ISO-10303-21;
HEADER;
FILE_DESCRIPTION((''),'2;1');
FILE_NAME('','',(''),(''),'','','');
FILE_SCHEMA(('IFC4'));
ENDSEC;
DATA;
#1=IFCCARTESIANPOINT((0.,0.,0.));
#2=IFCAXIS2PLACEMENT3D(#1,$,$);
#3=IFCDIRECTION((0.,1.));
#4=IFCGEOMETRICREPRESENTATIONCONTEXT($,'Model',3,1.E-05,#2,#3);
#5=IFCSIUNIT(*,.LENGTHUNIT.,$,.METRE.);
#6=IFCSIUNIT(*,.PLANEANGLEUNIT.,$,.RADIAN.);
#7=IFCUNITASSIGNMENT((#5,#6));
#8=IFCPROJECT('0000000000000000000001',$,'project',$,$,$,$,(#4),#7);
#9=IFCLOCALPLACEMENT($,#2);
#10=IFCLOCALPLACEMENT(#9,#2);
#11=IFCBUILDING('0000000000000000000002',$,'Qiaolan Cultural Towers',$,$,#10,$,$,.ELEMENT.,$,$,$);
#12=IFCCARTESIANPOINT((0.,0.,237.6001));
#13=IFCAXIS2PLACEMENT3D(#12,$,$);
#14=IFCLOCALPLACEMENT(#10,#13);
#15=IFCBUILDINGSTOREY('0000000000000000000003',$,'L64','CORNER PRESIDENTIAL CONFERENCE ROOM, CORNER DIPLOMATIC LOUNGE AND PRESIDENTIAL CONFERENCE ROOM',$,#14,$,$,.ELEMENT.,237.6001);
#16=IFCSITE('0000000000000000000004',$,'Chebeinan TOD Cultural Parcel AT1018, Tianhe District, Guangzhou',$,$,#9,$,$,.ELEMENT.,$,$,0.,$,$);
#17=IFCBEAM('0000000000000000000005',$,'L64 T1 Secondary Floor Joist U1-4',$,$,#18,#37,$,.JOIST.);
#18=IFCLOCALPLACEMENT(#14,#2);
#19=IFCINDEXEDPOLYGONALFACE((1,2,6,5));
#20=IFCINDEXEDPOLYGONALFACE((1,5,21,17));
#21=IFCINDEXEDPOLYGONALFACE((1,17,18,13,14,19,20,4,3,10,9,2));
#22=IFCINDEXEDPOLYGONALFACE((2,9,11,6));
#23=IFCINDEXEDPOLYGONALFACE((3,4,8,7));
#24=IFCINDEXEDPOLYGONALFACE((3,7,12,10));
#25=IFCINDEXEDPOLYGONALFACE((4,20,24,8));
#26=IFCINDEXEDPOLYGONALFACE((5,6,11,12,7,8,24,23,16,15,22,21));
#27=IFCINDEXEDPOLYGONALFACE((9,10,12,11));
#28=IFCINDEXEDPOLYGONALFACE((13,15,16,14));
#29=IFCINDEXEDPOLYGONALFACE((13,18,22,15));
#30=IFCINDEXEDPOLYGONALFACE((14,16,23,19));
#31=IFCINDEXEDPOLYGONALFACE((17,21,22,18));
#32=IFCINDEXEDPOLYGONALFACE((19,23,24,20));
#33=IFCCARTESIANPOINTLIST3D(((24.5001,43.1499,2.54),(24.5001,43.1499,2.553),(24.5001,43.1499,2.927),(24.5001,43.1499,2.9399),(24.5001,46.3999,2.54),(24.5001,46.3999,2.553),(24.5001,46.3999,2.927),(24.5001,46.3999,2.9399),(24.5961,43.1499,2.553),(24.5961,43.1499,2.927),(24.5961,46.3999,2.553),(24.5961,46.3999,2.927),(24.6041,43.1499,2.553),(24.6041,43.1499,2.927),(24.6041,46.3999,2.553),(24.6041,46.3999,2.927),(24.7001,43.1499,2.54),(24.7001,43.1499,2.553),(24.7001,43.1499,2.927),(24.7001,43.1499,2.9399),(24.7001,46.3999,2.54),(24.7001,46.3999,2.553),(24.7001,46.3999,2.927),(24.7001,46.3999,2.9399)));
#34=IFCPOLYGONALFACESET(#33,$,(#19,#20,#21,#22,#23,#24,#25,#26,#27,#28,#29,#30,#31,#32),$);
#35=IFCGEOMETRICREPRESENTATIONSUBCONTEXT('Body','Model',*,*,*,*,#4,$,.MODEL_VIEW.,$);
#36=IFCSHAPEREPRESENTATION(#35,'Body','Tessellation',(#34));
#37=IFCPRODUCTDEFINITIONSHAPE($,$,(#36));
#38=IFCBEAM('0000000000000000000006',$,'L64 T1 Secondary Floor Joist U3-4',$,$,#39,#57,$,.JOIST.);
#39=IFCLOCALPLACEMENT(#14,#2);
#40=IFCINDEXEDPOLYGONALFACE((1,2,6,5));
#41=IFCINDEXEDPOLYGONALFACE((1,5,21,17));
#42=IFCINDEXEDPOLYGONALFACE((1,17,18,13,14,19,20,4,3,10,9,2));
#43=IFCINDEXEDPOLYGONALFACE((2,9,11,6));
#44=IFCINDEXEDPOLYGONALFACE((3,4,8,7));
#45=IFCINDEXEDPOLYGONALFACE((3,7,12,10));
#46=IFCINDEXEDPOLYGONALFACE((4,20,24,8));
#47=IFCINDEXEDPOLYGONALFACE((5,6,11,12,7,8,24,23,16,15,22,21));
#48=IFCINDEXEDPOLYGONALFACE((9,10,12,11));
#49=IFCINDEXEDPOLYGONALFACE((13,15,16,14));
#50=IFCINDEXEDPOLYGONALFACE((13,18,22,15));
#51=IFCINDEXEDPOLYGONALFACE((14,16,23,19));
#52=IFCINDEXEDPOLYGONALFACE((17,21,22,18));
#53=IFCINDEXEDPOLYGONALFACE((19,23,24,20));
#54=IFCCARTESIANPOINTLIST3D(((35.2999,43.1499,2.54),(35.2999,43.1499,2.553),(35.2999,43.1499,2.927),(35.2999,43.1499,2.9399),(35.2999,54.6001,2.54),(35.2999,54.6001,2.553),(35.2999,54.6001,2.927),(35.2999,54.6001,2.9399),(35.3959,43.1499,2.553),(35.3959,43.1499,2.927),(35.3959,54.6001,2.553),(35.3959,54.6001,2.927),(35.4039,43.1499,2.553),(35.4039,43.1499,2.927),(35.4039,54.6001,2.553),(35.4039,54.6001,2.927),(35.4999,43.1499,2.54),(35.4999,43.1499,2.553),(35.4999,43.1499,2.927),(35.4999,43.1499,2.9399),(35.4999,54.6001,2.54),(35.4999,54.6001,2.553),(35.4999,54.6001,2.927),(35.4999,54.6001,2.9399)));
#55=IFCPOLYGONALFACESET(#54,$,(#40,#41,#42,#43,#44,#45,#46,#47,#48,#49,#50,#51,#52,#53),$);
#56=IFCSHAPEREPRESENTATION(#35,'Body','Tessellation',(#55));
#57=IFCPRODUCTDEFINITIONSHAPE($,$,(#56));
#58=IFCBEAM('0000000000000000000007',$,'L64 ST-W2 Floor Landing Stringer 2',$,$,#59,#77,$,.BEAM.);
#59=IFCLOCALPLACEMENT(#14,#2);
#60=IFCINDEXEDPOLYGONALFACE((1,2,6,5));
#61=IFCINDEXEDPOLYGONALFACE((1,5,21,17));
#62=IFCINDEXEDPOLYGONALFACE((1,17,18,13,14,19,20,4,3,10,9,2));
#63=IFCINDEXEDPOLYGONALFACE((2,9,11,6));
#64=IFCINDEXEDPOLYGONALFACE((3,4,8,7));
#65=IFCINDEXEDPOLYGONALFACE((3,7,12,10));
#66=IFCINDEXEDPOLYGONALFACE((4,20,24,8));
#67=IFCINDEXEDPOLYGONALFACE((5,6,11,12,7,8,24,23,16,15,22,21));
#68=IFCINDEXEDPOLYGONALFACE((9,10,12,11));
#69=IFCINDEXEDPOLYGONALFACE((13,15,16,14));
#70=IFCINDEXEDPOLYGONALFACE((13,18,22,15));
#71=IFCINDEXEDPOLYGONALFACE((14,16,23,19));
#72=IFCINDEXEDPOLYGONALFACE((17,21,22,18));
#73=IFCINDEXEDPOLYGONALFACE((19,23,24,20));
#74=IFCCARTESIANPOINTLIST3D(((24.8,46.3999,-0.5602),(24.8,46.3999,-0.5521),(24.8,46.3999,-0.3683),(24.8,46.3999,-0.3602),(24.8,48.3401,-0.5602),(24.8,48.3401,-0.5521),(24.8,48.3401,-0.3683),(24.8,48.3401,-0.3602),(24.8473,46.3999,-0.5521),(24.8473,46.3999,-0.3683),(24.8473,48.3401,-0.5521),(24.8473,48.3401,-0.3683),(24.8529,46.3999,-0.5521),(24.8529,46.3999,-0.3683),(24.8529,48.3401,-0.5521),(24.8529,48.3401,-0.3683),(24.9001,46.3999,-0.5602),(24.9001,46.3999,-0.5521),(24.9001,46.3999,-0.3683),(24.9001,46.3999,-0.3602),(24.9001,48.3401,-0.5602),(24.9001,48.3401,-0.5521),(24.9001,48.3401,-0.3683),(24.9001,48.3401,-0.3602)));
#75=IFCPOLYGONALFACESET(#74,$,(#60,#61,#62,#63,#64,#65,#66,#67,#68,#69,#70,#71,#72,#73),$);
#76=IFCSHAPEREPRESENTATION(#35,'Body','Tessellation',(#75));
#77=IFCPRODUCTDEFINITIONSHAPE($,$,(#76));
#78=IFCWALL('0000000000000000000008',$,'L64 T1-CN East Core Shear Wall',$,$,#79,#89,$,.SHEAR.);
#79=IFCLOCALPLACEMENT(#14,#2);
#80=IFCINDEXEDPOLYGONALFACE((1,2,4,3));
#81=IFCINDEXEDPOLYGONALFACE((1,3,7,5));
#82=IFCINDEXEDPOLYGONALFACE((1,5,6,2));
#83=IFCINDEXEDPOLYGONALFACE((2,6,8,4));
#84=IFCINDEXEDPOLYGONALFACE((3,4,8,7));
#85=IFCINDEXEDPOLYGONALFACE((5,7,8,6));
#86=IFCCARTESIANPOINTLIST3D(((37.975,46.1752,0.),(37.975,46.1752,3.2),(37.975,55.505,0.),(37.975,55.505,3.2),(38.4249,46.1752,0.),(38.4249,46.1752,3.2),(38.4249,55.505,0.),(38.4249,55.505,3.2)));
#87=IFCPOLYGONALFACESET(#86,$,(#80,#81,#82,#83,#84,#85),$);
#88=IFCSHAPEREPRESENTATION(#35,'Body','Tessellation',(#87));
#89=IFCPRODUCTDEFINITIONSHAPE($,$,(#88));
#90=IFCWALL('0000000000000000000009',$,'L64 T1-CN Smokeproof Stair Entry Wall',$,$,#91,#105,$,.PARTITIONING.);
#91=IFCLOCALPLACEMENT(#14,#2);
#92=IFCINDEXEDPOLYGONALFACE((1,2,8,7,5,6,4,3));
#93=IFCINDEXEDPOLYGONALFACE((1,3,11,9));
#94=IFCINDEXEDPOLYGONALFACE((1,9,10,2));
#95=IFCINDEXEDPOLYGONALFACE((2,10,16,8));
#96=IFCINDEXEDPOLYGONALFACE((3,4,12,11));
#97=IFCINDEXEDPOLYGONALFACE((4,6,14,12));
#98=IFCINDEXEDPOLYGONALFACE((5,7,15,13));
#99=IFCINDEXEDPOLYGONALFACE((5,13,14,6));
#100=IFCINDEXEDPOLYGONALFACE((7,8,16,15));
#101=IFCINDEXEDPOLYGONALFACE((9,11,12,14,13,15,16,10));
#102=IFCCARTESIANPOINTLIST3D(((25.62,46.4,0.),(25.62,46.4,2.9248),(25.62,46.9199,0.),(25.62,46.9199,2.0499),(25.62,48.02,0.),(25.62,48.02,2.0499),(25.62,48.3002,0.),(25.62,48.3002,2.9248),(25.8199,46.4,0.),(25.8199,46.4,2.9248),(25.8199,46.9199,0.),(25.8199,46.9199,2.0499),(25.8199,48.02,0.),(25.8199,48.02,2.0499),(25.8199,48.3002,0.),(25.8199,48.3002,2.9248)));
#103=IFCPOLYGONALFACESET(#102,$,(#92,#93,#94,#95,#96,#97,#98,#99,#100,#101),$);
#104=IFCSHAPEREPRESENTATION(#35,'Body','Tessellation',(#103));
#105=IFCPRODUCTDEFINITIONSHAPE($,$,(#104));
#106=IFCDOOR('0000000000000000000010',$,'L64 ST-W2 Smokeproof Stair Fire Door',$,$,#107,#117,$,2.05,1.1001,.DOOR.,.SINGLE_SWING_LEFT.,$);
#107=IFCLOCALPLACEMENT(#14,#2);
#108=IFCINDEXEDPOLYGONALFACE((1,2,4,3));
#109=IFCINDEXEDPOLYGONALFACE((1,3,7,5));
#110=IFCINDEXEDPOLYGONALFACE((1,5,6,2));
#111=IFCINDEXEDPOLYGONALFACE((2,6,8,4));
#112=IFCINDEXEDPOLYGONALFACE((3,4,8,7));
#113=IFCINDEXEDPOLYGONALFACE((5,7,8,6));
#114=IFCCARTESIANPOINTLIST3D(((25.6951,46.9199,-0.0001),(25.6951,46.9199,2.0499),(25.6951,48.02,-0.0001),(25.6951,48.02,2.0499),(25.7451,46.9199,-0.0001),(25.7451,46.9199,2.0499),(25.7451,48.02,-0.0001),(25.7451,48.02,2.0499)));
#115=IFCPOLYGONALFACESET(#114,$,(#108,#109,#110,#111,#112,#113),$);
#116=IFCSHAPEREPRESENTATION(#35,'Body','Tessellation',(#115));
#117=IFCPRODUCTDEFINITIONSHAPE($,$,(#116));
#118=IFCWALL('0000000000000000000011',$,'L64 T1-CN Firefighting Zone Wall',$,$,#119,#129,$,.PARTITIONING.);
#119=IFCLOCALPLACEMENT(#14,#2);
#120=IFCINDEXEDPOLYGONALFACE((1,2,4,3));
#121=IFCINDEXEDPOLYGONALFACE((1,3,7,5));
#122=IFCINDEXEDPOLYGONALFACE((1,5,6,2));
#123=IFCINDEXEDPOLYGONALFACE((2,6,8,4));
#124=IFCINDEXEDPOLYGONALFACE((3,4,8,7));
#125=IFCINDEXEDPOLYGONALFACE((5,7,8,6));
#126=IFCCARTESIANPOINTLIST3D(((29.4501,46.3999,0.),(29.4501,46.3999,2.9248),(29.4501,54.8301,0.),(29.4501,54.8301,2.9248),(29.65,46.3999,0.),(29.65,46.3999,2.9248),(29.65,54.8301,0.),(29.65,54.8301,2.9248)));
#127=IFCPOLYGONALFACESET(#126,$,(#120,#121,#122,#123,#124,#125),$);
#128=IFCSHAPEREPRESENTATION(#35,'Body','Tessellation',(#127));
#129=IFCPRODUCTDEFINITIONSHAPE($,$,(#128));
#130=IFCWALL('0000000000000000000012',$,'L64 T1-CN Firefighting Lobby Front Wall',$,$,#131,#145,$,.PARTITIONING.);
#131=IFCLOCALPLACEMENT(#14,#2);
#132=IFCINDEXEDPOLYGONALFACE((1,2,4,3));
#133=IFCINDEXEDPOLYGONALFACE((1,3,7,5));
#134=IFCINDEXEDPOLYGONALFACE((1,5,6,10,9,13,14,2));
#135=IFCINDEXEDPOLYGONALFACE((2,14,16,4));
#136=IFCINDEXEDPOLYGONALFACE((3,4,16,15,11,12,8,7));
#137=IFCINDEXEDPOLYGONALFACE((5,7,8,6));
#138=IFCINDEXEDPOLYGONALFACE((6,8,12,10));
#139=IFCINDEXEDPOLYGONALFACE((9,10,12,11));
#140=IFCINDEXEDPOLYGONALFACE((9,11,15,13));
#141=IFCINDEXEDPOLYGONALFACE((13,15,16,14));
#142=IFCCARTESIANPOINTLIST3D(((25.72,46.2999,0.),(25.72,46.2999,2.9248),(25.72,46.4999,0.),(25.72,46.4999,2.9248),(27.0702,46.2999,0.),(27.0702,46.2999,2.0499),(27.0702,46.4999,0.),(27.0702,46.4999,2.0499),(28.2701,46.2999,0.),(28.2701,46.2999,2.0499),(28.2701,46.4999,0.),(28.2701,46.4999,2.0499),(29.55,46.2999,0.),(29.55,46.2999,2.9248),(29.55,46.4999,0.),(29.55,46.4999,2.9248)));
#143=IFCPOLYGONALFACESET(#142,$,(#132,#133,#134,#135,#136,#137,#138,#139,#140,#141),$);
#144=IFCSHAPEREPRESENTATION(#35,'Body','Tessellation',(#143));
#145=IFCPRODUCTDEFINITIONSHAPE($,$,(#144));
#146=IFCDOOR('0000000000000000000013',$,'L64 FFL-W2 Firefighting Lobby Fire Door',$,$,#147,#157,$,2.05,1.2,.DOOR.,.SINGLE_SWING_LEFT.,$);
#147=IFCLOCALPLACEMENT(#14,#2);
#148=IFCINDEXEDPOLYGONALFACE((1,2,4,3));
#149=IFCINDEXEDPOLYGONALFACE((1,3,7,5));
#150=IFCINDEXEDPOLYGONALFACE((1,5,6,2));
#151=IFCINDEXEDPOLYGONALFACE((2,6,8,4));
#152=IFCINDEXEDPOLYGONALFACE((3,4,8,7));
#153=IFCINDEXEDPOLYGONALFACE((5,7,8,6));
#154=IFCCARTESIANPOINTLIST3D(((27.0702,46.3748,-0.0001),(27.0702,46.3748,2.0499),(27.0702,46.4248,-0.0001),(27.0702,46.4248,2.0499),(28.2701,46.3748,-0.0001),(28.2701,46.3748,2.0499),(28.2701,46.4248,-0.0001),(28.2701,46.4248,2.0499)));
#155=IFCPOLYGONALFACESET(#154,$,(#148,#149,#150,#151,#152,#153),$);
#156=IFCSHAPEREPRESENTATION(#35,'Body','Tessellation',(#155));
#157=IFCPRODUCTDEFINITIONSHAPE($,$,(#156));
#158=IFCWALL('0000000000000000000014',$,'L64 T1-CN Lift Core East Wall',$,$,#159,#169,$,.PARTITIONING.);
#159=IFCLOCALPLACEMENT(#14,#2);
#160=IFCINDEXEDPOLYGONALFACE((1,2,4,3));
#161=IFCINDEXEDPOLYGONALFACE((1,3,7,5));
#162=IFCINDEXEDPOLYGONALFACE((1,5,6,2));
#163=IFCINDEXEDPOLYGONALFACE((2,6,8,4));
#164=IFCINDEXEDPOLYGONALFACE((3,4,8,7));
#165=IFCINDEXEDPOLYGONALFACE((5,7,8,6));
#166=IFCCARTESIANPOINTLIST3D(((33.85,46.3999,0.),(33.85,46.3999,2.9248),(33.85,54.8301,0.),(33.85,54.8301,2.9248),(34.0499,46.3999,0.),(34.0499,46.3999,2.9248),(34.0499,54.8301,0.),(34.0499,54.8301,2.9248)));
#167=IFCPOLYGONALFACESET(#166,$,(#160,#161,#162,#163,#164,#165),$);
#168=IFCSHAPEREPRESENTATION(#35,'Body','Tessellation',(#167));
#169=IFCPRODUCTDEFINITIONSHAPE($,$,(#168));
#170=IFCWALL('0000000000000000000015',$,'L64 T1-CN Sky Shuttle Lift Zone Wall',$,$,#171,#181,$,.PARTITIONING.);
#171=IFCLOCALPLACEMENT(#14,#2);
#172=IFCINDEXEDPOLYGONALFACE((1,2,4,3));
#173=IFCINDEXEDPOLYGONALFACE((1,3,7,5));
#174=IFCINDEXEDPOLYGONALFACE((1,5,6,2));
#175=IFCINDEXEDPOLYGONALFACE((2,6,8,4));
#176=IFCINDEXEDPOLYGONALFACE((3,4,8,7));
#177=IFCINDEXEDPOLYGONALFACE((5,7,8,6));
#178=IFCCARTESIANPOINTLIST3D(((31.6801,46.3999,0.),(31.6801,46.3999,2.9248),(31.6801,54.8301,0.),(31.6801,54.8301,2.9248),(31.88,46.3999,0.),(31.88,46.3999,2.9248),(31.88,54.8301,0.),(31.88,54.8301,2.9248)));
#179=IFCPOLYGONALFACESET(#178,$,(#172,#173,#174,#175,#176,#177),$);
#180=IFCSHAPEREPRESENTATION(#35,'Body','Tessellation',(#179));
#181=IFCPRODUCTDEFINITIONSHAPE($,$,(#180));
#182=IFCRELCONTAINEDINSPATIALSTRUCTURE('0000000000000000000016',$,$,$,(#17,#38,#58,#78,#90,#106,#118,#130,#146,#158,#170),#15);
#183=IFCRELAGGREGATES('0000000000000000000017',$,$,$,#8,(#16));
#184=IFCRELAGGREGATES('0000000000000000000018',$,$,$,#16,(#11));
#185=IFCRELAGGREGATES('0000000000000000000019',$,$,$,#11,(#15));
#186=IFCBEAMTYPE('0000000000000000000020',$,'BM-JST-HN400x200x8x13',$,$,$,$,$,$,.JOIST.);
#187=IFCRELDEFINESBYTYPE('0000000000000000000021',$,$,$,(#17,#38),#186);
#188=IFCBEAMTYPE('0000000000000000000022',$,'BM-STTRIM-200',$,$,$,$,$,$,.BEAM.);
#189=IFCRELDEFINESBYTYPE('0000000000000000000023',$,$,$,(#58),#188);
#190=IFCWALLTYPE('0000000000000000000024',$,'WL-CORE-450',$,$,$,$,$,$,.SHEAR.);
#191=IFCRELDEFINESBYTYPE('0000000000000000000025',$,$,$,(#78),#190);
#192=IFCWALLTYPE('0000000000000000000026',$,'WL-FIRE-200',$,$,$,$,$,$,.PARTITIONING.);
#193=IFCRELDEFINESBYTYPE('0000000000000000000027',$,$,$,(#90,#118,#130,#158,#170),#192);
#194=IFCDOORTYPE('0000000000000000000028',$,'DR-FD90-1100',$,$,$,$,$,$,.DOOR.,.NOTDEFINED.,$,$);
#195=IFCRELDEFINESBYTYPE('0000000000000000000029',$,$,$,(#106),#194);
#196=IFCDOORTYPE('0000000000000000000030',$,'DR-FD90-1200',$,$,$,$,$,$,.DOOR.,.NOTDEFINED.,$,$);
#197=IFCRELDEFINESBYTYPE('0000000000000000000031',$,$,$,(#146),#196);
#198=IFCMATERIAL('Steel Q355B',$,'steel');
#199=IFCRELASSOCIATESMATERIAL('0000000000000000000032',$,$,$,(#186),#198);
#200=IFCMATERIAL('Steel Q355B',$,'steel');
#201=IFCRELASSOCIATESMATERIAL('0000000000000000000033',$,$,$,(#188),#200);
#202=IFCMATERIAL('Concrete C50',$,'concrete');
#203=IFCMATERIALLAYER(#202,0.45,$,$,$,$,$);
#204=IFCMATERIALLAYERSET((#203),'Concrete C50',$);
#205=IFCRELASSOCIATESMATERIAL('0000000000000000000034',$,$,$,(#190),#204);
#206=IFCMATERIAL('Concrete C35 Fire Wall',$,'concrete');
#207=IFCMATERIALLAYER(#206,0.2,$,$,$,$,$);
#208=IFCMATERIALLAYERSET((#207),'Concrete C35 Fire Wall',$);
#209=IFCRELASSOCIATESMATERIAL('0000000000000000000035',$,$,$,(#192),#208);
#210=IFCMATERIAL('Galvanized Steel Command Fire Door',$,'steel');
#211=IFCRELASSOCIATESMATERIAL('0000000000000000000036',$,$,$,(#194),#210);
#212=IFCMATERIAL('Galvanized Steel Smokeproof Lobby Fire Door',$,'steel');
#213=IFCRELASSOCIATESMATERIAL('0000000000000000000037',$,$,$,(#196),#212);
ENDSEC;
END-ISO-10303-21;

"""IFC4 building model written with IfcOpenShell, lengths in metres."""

from ifc_helpers import new_model, si_unit, direction, frame, frame_2d, origin, origin_2d, place, context, subcontext, project, spatial, rectangle, i_section, extrude, material, layer, layer_set, material_profile, profile_set, type_object, element, fill, save


model = new_model("IFC4")

# Units and contexts
model_context = context("Model", 3, precision=1e-05, world=origin(), true_north=direction((0.0, 1.0)))
body_context = subcontext(model_context, "Body", "Model", "MODEL_VIEW")
ifc_project = project(units=[si_unit("LENGTHUNIT", "METRE"), si_unit("PLANEANGLEUNIT", "RADIAN")], contexts=[model_context])

# Site, building, storey
site_placement = place(None, origin())
site = spatial("IfcSite", under=ifc_project, at=site_placement, Name="Chebeinan TOD Cultural Parcel AT1018, Tianhe District, Guangzhou", CompositionType="ELEMENT", RefElevation=0.0)
building_placement = place(site_placement, origin())
building = spatial("IfcBuilding", under=site, at=building_placement, Name="Qiaolan Cultural Towers", CompositionType="ELEMENT")
storey_placement = place(building_placement, frame((0.0, 0.0, 237.6001)))
storey = spatial("IfcBuildingStorey", under=building, at=storey_placement, Name="L64", Description="CORNER PRESIDENTIAL CONFERENCE ROOM, CORNER DIPLOMATIC LOUNGE AND PRESIDENTIAL CONFERENCE ROOM", CompositionType="ELEMENT", Elevation=237.6001)

# Beams
ifc_material_1 = material(Name="Steel Q355B", Category="steel")
ifc_material_profile_1 = material_profile(ifc_material_1, i_section(OverallWidth=0.2, OverallDepth=0.3999, WebThickness=0.0081, FlangeThickness=0.0129, at=origin_2d()), Name="HN400x200x8x13")
ifc_profile_set_1 = profile_set([ifc_material_profile_1], Name="Steel Q355B")
beam_type_1 = type_object("IfcBeamType", Name="BM-JST-HN400x200x8x13", PredefinedType="JOIST", material=ifc_profile_set_1)
beam_1_placement = place(storey_placement, frame((24.6001, 43.1499, 2.74), z_axis=(0.0, 1.0, 0.0), x_axis=(-1.0, 0.0, 0.0)))
element("IfcBeam", 1, at=beam_1_placement, inside=storey, type_object=beam_type_1, Name="L64 T1 Secondary Floor Joist U1-4", PredefinedType="JOIST", context=body_context, shape_type="SweptSolid", body=[
    extrude(i_section(OverallWidth=0.2, OverallDepth=0.3999, WebThickness=0.0081, FlangeThickness=0.0129, at=origin_2d()), origin(), (0.0, 0.0, 1.0), 3.25),
])
beam_2_placement = place(storey_placement, frame((35.3999, 43.1499, 2.74), z_axis=(0.0, 1.0, 0.0), x_axis=(-1.0, 0.0, 0.0)))
element("IfcBeam", 2, at=beam_2_placement, inside=storey, type_object=beam_type_1, Name="L64 T1 Secondary Floor Joist U3-4", PredefinedType="JOIST", context=body_context, shape_type="SweptSolid", body=[
    extrude(i_section(OverallWidth=0.2, OverallDepth=0.3999, WebThickness=0.0081, FlangeThickness=0.0129, at=origin_2d()), origin(), (0.0, 0.0, 1.0), 11.4502),
])
ifc_material_2 = material(Name="Steel Q355B", Category="steel")
ifc_material_profile_2 = material_profile(ifc_material_2, i_section(OverallWidth=0.1001, OverallDepth=0.2, WebThickness=0.0056, FlangeThickness=0.0081, at=origin_2d()), Name="HN200x100x5.5x8")
ifc_profile_set_2 = profile_set([ifc_material_profile_2], Name="Steel Q355B")
beam_type_2 = type_object("IfcBeamType", Name="BM-STTRIM-200", PredefinedType="BEAM", material=ifc_profile_set_2)
beam_3_placement = place(storey_placement, frame((24.8501, 46.3999, -0.4602), z_axis=(0.0, 1.0, 0.0), x_axis=(-1.0, 0.0, 0.0)))
element("IfcBeam", 3, at=beam_3_placement, inside=storey, type_object=beam_type_2, Name="L64 ST-W2 Floor Landing Stringer 2", PredefinedType="BEAM", context=body_context, shape_type="SweptSolid", body=[
    extrude(i_section(OverallWidth=0.1001, OverallDepth=0.2, WebThickness=0.0056, FlangeThickness=0.0081, at=origin_2d()), origin(), (0.0, 0.0, 1.0), 1.9402),
])

# Wall
ifc_material_3 = material(Name="Concrete C50", Category="concrete")
ifc_layer_1 = layer(ifc_material_3, 0.45)
ifc_layer_set_1 = layer_set([ifc_layer_1], Name="Concrete C50")
wall_type_1 = type_object("IfcWallType", Name="WL-CORE-450", PredefinedType="SHEAR", material=ifc_layer_set_1)
wall_1_placement = place(storey_placement, frame((38.2, 46.175, 0.0), z_axis=(0.0, 0.0, 1.0), x_axis=(0.0, 1.0, 0.0)))
element("IfcWall", 4, at=wall_1_placement, inside=storey, type_object=wall_type_1, Name="L64 T1-CN East Core Shear Wall", PredefinedType="SHEAR", context=body_context, shape_type="SweptSolid", body=[
    extrude(rectangle(XDim=9.3298, YDim=0.45, at=frame_2d((4.665, 0.0))), origin(), (0.0, 0.0, 1.0), 3.2),
])

# Wall, opening, door
ifc_material_4 = material(Name="Concrete C35 Fire Wall", Category="concrete")
ifc_layer_2 = layer(ifc_material_4, 0.2)
ifc_layer_set_2 = layer_set([ifc_layer_2], Name="Concrete C35 Fire Wall")
wall_type_2 = type_object("IfcWallType", Name="WL-FIRE-200", PredefinedType="PARTITIONING", material=ifc_layer_set_2)
wall_2_placement = place(storey_placement, frame((25.72, 46.3999, 0.0), z_axis=(0.0, 0.0, 1.0), x_axis=(0.0, 1.0, 0.0)))
wall_2 = element("IfcWall", 5, at=wall_2_placement, inside=storey, type_object=wall_type_2, Name="L64 T1-CN Smokeproof Stair Entry Wall", PredefinedType="PARTITIONING", context=body_context, shape_type="SweptSolid", body=[
    extrude(rectangle(XDim=1.9001, YDim=0.2, at=frame_2d((0.9502, 0.0))), origin(), (0.0, 0.0, 1.0), 2.9248),
])
opening_1_placement = place(wall_2_placement, frame((0.52, 0.0, 0.0)))
opening_1 = element("IfcOpeningElement", 6, at=opening_1_placement, cuts=wall_2, PredefinedType="OPENING", context=body_context, shape_type="SweptSolid", body=[
    extrude(rectangle(XDim=1.1001, YDim=2.05, at=frame_2d((0.55, 1.0249))), frame((0.0, 0.1099, 0.0), z_axis=(0.0, -1.0, 0.0), x_axis=(1.0, 0.0, 0.0)), (0.0, 0.0, 1.0), 0.22),
])
ifc_material_5 = material(Name="Galvanized Steel Command Fire Door", Category="steel")
door_type_1 = type_object("IfcDoorType", Name="DR-FD90-1100", OperationType="NOTDEFINED", PredefinedType="DOOR", material=ifc_material_5)
door_1_placement = place(opening_1_placement, origin())
door_1 = element("IfcDoor", 7, at=door_1_placement, inside=storey, type_object=door_type_1, Name="L64 ST-W2 Smokeproof Stair Fire Door", OperationType="SINGLE_SWING_LEFT", OverallHeight=2.05, OverallWidth=1.1001, PredefinedType="DOOR", context=body_context, shape_type="SweptSolid", body=[
    extrude(rectangle(XDim=1.1001, YDim=2.05, at=frame_2d((0.55, 1.0249))), frame((0.0, 0.0249, 0.0), z_axis=(0.0, -1.0, 0.0), x_axis=(1.0, 0.0, 0.0)), (0.0, 0.0, 1.0), 0.05),
])
fill(opening_1, door_1)

# Wall
wall_3_placement = place(storey_placement, frame((29.55, 46.3999, 0.0), z_axis=(0.0, 0.0, 1.0), x_axis=(0.0, 1.0, 0.0)))
element("IfcWall", 8, at=wall_3_placement, inside=storey, type_object=wall_type_2, Name="L64 T1-CN Firefighting Zone Wall", PredefinedType="PARTITIONING", context=body_context, shape_type="SweptSolid", body=[
    extrude(rectangle(XDim=8.4302, YDim=0.2, at=frame_2d((4.2151, 0.0))), origin(), (0.0, 0.0, 1.0), 2.9248),
])

# Wall, opening, door
wall_4_placement = place(storey_placement, frame((25.72, 46.3999, 0.0), z_axis=(0.0, 0.0, 1.0), x_axis=(1.0, 0.0, 0.0)))
wall_4 = element("IfcWall", 9, at=wall_4_placement, inside=storey, type_object=wall_type_2, Name="L64 T1-CN Firefighting Lobby Front Wall", PredefinedType="PARTITIONING", context=body_context, shape_type="SweptSolid", body=[
    extrude(rectangle(XDim=3.8301, YDim=0.2, at=frame_2d((1.915, 0.0))), origin(), (0.0, 0.0, 1.0), 2.9248),
])
opening_2_placement = place(wall_4_placement, frame((1.3501, 0.0, 0.0)))
opening_2 = element("IfcOpeningElement", 10, at=opening_2_placement, cuts=wall_4, PredefinedType="OPENING", context=body_context, shape_type="SweptSolid", body=[
    extrude(rectangle(XDim=1.2, YDim=2.05, at=frame_2d((0.6001, 1.0249))), frame((0.0, 0.1099, 0.0), z_axis=(0.0, -1.0, 0.0), x_axis=(1.0, 0.0, 0.0)), (0.0, 0.0, 1.0), 0.22),
])
ifc_material_6 = material(Name="Galvanized Steel Smokeproof Lobby Fire Door", Category="steel")
door_type_2 = type_object("IfcDoorType", Name="DR-FD90-1200", OperationType="NOTDEFINED", PredefinedType="DOOR", material=ifc_material_6)
door_2_placement = place(opening_2_placement, origin())
door_2 = element("IfcDoor", 11, at=door_2_placement, inside=storey, type_object=door_type_2, Name="L64 FFL-W2 Firefighting Lobby Fire Door", OperationType="SINGLE_SWING_LEFT", OverallHeight=2.05, OverallWidth=1.2, PredefinedType="DOOR", context=body_context, shape_type="SweptSolid", body=[
    extrude(rectangle(XDim=1.2, YDim=2.05, at=frame_2d((0.6001, 1.0249))), frame((0.0, 0.0249, 0.0), z_axis=(0.0, -1.0, 0.0), x_axis=(1.0, 0.0, 0.0)), (0.0, 0.0, 1.0), 0.05),
])
fill(opening_2, door_2)

# Walls
for number, where, z_axis, x_axis, name in (
    (12, (33.95, 46.3999, 0.0), (0.0, 0.0, 1.0), (0.0, 1.0, 0.0), "L64 T1-CN Lift Core East Wall"),
    (13, (31.78, 46.3999, 0.0), (0.0, 0.0, 1.0), (0.0, 1.0, 0.0), "L64 T1-CN Sky Shuttle Lift Zone Wall"),
):
    element("IfcWall", number, at=place(storey_placement, frame(where, z_axis=z_axis, x_axis=x_axis)), inside=storey, type_object=wall_type_2, Name=name, PredefinedType="PARTITIONING", context=body_context, shape_type="SweptSolid", body=[
        extrude(rectangle(XDim=8.4302, YDim=0.2, at=frame_2d((4.2151, 0.0))), origin(), (0.0, 0.0, 1.0), 2.9248),
    ])

save(model, "model.ifc")
